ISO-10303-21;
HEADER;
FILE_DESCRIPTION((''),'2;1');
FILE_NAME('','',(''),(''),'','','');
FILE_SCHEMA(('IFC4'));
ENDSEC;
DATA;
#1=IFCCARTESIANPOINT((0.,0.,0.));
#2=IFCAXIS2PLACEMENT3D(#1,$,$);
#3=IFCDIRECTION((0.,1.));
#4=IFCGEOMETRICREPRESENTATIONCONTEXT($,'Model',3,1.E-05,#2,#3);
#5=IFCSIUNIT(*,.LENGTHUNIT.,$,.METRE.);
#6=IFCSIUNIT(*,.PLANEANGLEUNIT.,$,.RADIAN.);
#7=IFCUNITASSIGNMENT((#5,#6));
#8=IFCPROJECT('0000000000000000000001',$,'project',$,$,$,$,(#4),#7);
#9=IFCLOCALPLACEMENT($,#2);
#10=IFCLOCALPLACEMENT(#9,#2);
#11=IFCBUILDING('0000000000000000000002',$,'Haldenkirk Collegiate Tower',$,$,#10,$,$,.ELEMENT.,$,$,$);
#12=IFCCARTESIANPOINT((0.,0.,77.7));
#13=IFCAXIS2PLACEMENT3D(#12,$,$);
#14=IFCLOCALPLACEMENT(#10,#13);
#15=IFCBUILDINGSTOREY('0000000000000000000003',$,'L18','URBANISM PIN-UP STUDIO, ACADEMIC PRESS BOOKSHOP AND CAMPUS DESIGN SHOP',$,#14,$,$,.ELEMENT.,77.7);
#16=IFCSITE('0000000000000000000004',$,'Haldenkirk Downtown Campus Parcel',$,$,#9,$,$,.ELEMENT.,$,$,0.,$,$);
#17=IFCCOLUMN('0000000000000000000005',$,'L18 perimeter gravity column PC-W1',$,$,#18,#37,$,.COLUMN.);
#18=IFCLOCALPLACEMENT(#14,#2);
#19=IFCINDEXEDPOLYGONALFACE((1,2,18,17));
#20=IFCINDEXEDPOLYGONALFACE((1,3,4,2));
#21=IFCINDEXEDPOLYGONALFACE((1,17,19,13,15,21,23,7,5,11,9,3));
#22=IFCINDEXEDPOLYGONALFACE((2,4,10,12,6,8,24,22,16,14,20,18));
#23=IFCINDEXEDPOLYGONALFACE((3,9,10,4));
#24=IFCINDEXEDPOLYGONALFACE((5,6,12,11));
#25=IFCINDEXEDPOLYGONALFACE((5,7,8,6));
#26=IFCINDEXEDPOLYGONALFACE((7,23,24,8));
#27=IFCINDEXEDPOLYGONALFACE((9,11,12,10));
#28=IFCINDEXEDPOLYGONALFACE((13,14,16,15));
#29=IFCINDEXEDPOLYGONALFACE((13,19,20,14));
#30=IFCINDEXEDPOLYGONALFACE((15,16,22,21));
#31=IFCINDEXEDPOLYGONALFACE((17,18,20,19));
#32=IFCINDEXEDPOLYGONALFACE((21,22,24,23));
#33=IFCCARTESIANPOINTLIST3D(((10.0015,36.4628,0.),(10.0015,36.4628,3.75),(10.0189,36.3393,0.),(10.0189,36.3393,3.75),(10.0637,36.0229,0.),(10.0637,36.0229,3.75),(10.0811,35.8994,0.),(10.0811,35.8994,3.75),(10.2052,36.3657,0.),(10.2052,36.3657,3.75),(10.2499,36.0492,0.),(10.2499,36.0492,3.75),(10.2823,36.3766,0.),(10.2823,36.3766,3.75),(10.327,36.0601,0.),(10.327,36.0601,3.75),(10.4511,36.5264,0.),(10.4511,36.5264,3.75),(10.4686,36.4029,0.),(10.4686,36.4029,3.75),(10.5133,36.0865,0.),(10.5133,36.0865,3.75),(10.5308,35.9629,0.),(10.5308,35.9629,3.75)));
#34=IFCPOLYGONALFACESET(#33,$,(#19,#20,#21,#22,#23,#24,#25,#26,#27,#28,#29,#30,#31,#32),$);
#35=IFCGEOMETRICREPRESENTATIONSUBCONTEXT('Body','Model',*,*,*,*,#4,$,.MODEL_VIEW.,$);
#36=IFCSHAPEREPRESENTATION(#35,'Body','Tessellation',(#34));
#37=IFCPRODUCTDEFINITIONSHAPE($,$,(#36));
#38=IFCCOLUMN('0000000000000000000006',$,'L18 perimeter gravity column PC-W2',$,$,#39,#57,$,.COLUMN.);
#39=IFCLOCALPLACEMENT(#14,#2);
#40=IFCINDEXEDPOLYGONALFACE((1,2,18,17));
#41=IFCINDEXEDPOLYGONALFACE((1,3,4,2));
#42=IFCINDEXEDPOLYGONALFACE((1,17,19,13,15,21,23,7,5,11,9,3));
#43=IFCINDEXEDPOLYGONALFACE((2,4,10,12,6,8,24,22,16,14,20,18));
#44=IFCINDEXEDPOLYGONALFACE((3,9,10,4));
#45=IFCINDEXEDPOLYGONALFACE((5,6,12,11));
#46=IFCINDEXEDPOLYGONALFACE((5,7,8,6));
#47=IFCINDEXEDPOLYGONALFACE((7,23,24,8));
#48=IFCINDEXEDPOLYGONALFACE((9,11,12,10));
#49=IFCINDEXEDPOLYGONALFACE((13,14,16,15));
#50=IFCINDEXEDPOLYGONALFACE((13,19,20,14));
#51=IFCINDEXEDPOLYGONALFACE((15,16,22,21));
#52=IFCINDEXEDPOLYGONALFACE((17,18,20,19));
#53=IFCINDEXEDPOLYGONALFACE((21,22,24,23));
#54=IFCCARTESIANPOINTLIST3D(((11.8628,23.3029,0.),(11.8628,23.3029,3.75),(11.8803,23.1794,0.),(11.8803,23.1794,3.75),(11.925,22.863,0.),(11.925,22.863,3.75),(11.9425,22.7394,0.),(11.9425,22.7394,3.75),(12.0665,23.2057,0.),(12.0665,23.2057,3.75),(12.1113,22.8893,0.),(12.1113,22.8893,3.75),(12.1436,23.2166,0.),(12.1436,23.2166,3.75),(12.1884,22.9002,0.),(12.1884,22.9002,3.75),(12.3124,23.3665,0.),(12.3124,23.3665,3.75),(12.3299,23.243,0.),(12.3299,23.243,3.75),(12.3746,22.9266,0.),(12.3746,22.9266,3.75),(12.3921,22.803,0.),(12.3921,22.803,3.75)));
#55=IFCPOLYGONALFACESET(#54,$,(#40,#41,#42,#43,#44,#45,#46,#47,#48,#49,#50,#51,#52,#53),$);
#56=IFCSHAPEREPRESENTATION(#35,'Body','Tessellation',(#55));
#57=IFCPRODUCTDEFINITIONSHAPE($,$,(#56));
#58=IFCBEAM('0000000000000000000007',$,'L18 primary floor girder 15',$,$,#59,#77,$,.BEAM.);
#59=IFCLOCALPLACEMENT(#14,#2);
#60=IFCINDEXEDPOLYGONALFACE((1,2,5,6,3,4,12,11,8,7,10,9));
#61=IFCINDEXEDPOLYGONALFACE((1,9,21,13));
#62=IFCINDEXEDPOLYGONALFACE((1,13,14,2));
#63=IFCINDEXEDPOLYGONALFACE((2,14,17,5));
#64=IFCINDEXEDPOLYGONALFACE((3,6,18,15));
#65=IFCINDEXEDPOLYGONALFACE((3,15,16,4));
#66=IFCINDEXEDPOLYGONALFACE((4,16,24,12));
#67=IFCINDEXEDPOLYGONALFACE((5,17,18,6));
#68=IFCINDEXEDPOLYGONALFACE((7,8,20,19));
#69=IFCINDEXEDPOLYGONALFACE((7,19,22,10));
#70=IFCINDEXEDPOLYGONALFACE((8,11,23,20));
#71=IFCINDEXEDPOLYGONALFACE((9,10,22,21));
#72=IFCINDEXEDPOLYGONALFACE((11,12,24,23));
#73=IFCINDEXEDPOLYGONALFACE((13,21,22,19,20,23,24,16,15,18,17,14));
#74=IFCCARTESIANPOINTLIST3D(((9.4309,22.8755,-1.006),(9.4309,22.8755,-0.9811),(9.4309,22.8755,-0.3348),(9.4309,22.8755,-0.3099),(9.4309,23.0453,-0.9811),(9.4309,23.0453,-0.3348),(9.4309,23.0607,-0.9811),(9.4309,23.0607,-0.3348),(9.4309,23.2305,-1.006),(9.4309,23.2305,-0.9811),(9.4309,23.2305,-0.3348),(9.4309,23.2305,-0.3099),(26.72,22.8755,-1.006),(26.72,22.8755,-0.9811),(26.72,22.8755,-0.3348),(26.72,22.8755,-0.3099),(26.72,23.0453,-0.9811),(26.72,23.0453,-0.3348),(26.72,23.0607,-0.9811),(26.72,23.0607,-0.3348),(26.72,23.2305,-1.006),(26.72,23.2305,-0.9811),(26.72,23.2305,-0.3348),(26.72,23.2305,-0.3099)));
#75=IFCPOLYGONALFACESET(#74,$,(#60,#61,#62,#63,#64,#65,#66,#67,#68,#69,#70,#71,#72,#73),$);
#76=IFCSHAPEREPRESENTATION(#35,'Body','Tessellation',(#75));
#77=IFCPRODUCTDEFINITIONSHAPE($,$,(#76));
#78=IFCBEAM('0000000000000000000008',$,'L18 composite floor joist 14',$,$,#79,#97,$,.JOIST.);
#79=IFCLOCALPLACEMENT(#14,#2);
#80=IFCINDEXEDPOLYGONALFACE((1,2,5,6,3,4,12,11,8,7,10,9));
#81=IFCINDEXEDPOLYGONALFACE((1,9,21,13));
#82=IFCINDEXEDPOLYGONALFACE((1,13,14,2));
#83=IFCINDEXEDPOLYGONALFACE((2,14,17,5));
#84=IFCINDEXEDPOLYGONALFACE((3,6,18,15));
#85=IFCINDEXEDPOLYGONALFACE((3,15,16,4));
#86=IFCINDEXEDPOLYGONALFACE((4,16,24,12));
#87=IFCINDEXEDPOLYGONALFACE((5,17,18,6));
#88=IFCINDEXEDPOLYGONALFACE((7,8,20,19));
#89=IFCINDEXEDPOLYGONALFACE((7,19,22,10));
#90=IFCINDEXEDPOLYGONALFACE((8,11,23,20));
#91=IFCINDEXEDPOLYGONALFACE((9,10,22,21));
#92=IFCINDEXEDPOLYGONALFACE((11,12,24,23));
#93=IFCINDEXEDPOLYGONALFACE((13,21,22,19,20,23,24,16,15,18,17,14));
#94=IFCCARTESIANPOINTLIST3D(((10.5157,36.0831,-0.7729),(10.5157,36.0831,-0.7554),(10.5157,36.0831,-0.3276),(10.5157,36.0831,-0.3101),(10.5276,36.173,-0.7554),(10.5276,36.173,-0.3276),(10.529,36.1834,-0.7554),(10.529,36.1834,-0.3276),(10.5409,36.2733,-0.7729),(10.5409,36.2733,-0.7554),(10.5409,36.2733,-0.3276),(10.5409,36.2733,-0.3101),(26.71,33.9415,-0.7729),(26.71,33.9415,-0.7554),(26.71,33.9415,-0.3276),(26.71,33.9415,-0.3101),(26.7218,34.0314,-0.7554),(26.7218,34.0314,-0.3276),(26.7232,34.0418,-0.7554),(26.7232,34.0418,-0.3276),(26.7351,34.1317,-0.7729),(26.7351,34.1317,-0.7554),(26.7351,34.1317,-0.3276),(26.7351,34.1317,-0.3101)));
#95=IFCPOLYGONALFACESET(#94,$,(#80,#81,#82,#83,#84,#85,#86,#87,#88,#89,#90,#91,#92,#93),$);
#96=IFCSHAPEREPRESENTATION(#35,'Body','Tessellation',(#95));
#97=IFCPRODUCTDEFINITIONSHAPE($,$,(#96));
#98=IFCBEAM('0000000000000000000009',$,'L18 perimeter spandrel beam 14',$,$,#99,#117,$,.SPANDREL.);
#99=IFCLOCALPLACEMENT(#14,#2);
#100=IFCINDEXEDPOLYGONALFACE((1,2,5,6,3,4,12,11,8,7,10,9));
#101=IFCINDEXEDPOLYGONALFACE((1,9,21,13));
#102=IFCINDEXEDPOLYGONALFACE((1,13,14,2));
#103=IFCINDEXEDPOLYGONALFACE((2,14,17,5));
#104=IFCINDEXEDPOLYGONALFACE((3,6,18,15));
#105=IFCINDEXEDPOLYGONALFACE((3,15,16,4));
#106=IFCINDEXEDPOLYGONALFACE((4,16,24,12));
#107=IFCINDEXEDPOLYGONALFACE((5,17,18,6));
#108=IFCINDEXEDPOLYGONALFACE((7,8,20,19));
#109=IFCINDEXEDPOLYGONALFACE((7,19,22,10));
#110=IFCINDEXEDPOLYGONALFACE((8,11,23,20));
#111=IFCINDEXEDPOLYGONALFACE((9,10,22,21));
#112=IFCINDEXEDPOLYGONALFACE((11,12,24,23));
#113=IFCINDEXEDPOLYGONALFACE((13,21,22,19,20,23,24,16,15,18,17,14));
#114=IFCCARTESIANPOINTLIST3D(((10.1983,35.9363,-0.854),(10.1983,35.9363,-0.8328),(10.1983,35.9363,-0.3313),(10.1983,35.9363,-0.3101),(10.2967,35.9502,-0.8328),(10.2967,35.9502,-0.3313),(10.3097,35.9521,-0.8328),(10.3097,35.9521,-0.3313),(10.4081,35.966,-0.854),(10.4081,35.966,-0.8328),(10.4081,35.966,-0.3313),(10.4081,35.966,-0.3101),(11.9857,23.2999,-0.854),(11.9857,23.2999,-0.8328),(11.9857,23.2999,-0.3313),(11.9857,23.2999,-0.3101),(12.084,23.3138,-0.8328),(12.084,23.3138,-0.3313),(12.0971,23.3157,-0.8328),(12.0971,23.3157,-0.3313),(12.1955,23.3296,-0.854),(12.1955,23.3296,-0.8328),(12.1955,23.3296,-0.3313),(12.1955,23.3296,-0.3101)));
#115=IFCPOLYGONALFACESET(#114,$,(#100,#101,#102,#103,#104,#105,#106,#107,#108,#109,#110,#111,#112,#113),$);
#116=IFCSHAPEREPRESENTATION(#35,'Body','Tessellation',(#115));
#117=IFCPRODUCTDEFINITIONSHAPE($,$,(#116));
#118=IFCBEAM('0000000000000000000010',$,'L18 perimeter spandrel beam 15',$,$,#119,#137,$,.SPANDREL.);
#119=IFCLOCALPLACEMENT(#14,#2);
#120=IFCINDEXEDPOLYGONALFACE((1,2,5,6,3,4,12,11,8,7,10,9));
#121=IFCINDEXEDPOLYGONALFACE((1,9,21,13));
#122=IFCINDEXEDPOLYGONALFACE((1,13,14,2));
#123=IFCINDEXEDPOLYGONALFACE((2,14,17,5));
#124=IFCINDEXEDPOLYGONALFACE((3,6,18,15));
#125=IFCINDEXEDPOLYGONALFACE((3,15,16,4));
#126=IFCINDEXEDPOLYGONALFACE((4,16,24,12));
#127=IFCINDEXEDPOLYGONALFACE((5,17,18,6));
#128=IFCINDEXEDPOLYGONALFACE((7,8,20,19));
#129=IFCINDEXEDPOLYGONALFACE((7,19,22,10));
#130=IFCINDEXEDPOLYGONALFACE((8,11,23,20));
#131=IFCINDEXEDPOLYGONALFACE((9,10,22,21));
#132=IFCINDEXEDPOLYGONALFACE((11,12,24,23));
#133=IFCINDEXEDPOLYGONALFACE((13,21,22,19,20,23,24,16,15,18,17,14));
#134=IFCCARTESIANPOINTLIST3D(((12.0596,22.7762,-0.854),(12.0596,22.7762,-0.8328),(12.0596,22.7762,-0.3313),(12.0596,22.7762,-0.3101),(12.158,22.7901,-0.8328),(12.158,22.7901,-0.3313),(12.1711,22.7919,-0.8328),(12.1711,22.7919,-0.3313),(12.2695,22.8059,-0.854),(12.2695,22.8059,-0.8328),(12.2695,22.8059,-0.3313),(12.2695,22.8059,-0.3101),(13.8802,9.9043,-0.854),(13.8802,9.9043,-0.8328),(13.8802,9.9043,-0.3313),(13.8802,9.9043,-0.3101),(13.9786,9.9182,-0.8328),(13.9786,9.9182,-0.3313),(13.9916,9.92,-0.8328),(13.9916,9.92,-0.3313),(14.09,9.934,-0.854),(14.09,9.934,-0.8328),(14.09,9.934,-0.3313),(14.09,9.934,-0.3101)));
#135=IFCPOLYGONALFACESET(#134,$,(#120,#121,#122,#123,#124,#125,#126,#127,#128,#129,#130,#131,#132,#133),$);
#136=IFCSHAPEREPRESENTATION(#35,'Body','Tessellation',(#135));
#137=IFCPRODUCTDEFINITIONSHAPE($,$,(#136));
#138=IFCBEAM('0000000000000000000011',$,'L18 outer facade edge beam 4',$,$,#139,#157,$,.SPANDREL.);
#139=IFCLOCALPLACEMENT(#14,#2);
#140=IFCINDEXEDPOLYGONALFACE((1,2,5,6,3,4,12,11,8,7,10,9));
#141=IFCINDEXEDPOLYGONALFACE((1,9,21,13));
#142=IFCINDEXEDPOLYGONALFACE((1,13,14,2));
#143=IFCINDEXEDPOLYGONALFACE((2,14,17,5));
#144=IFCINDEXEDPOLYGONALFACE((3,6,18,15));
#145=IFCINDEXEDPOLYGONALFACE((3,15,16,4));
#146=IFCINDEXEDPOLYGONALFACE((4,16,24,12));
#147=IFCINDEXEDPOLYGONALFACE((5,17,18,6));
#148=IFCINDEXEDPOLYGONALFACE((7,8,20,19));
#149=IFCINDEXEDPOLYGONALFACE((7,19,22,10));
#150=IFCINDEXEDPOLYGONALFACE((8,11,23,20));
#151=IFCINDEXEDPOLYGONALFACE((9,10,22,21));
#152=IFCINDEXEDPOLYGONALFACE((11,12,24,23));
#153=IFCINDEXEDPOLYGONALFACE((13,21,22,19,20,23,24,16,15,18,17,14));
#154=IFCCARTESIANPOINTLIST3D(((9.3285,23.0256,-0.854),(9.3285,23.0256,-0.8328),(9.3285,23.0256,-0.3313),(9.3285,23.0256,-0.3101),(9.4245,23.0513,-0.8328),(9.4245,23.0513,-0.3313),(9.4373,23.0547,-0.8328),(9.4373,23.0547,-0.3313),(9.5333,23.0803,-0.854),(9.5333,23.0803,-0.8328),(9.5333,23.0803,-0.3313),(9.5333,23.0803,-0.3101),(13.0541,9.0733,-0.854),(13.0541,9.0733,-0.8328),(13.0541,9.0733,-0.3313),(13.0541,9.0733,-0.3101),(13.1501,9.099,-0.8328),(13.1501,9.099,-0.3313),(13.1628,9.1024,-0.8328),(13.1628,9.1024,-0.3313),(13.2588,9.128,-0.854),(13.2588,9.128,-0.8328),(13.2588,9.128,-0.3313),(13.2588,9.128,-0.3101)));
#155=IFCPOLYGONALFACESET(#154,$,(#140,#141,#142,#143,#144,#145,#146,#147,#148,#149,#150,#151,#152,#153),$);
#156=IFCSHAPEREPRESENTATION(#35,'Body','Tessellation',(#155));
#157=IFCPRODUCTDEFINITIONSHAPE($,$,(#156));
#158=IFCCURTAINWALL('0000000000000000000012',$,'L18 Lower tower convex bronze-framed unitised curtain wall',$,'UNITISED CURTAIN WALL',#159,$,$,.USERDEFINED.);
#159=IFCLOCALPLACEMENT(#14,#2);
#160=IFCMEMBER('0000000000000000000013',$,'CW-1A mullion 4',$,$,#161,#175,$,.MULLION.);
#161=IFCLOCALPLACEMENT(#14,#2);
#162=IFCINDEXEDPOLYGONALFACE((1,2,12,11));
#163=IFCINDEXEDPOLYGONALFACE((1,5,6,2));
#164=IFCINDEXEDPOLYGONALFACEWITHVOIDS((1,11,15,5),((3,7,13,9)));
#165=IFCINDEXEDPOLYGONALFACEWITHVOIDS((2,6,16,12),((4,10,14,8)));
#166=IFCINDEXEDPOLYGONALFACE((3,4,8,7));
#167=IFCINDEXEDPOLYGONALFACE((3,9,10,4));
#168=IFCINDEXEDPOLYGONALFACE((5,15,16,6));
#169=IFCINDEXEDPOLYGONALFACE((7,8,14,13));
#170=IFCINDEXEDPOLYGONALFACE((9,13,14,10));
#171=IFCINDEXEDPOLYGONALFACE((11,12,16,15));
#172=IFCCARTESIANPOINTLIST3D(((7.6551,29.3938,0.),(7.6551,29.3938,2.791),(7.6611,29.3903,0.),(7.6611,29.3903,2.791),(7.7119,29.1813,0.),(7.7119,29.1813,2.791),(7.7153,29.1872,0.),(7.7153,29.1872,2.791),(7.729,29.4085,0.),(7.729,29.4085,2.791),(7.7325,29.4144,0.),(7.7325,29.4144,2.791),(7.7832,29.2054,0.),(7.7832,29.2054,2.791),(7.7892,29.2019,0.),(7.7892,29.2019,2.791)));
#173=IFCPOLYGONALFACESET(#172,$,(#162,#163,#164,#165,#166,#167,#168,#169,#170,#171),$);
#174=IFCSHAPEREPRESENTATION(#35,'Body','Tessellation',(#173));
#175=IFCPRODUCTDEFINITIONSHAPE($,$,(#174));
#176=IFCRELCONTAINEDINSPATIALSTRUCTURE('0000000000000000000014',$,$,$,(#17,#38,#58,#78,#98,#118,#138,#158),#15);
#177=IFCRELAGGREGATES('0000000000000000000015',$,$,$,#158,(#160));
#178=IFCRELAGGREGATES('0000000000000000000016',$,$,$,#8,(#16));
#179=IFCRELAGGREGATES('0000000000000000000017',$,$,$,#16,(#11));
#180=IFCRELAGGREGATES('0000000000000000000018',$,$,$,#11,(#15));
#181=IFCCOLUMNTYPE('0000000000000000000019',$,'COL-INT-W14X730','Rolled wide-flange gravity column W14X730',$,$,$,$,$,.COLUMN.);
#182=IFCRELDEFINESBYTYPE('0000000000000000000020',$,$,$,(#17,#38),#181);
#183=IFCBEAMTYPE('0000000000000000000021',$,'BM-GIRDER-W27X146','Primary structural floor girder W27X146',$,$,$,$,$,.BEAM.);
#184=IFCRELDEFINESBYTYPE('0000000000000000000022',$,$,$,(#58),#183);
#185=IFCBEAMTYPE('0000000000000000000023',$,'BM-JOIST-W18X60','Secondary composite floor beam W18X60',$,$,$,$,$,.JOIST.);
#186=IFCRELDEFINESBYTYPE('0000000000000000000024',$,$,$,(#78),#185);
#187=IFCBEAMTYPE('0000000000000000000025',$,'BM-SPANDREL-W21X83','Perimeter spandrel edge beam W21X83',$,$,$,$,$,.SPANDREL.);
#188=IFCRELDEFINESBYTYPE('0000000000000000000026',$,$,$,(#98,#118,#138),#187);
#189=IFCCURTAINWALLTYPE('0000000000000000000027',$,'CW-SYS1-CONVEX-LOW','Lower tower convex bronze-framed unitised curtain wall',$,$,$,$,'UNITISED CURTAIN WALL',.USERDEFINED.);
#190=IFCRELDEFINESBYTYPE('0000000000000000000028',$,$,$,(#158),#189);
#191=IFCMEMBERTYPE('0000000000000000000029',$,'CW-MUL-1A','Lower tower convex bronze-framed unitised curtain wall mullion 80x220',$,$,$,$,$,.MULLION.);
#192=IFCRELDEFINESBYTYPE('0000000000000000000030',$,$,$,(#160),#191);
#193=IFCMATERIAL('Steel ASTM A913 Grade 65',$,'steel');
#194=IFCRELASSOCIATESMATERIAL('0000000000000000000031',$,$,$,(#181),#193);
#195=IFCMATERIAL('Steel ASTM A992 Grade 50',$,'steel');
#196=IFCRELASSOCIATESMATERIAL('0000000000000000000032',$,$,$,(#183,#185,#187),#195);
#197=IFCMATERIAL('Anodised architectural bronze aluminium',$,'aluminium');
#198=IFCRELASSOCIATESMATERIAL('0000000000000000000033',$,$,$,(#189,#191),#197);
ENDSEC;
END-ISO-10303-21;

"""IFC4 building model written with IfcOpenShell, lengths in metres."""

from ifc_helpers import new_model, si_unit, direction, frame, origin, origin_2d, place, context, subcontext, project, spatial, hollow_rectangle, i_section, extrude, material, material_profile, profile_set, type_object, element, aggregate, save


model = new_model("IFC4")

# Units and contexts
model_context = context("Model", 3, precision=1e-05, world=origin(), true_north=direction((0.0, 1.0)))
body_context = subcontext(model_context, "Body", "Model", "MODEL_VIEW")
ifc_project = project(units=[si_unit("LENGTHUNIT", "METRE"), si_unit("PLANEANGLEUNIT", "RADIAN")], contexts=[model_context])

# Site, building, storey
site_placement = place(None, origin())
site = spatial("IfcSite", under=ifc_project, at=site_placement, Name="Haldenkirk Downtown Campus Parcel", CompositionType="ELEMENT", RefElevation=0.0)
building_placement = place(site_placement, origin())
building = spatial("IfcBuilding", under=site, at=building_placement, Name="Haldenkirk Collegiate Tower", CompositionType="ELEMENT")
storey_placement = place(building_placement, frame((0.0, 0.0, 77.7)))
storey = spatial("IfcBuildingStorey", under=building, at=storey_placement, Name="L18", Description="URBANISM PIN-UP STUDIO, ACADEMIC PRESS BOOKSHOP AND CAMPUS DESIGN SHOP", CompositionType="ELEMENT", Elevation=77.7)

# Columns
ifc_material_1 = material(Name="Steel ASTM A913 Grade 65", Category="steel")
ifc_material_profile_1 = material_profile(ifc_material_1, i_section(OverallWidth=0.4541, OverallDepth=0.5691, WebThickness=0.0779, FlangeThickness=0.1248, at=origin_2d()), Name="W14X730")
ifc_profile_set_1 = profile_set([ifc_material_profile_1], Name="Steel ASTM A913 Grade 65")
column_type = type_object("IfcColumnType", Name="COL-INT-W14X730", Description="Rolled wide-flange gravity column W14X730", PredefinedType="COLUMN", material=ifc_profile_set_1)
for number, where, z_axis, x_axis, name in (
    (1, (10.2661, 36.2129, 0.0), (0.0, 0.0, 1.0), (0.990146, 0.140037, 0.0), "L18 perimeter gravity column PC-W1"),
    (2, (12.1274, 23.053, 0.0), (0.0, 0.0, 1.0), (0.990146, 0.140037, 0.0), "L18 perimeter gravity column PC-W2"),
):
    element("IfcColumn", number, at=place(storey_placement, frame(where, z_axis=z_axis, x_axis=x_axis)), inside=storey, type_object=column_type, Name=name, PredefinedType="COLUMN", context=body_context, shape_type="SweptSolid", body=[
        extrude(i_section(OverallWidth=0.4541, OverallDepth=0.5691, WebThickness=0.0779, FlangeThickness=0.1248, at=origin_2d()), origin(), (0.0, 0.0, 1.0), 3.75),
    ])

# Beams
ifc_material_2 = material(Name="Steel ASTM A992 Grade 50", Category="steel")
ifc_material_profile_2 = material_profile(ifc_material_2, i_section(OverallWidth=0.355, OverallDepth=0.696, WebThickness=0.0154, FlangeThickness=0.0249, at=origin_2d()), Name="W27X146")
ifc_profile_set_2 = profile_set([ifc_material_profile_2], Name="Steel ASTM A992 Grade 50")
beam_type_1 = type_object("IfcBeamType", Name="BM-GIRDER-W27X146", Description="Primary structural floor girder W27X146", PredefinedType="BEAM", material=ifc_profile_set_2)
beam_1_placement = place(storey_placement, frame((9.4309, 23.053, -0.658), z_axis=(1.0, 0.0, 0.0), x_axis=(0.0, 1.0, 0.0)))
element("IfcBeam", 3, at=beam_1_placement, inside=storey, type_object=beam_type_1, Name="L18 primary floor girder 15", PredefinedType="BEAM", context=body_context, shape_type="SweptSolid", body=[
    extrude(i_section(OverallWidth=0.355, OverallDepth=0.696, WebThickness=0.0154, FlangeThickness=0.0249, at=origin_2d()), origin(), (0.0, 0.0, 1.0), 17.2891),
])
ifc_material_profile_3 = material_profile(ifc_material_2, i_section(OverallWidth=0.1919, OverallDepth=0.4629, WebThickness=0.0105, FlangeThickness=0.0176, at=origin_2d()), Name="W18X60")
ifc_profile_set_3 = profile_set([ifc_material_profile_3], Name="Steel ASTM A992 Grade 50")
beam_type_2 = type_object("IfcBeamType", Name="BM-JOIST-W18X60", Description="Secondary composite floor beam W18X60", PredefinedType="JOIST", material=ifc_profile_set_3)
beam_2_placement = place(storey_placement, frame((10.5283, 36.1782, -0.5415), z_axis=(0.991369, -0.131104, 0.0), x_axis=(0.131104, 0.991369, 0.0)))
element("IfcBeam", 4, at=beam_2_placement, inside=storey, type_object=beam_type_2, Name="L18 composite floor joist 14", PredefinedType="JOIST", context=body_context, shape_type="SweptSolid", body=[
    extrude(i_section(OverallWidth=0.1919, OverallDepth=0.4629, WebThickness=0.0105, FlangeThickness=0.0176, at=origin_2d()), origin(), (0.0, 0.0, 1.0), 16.3352),
])
ifc_material_profile_4 = material_profile(ifc_material_2, i_section(OverallWidth=0.2119, OverallDepth=0.5439, WebThickness=0.0132, FlangeThickness=0.0212, at=origin_2d()), Name="W21X83")
ifc_profile_set_4 = profile_set([ifc_material_profile_4], Name="Steel ASTM A992 Grade 50")
beam_type_3 = type_object("IfcBeamType", Name="BM-SPANDREL-W21X83", Description="Perimeter spandrel edge beam W21X83", PredefinedType="SPANDREL", material=ifc_profile_set_4)
beam_3_placement = place(storey_placement, frame((10.3032, 35.9512, -0.582), z_axis=(0.14005, -0.990144, 0.0), x_axis=(0.990144, 0.14005, 0.0)))
element("IfcBeam", 5, at=beam_3_placement, inside=storey, type_object=beam_type_3, Name="L18 perimeter spandrel beam 14", PredefinedType="SPANDREL", context=body_context, shape_type="SweptSolid", body=[
    extrude(i_section(OverallWidth=0.2119, OverallDepth=0.5439, WebThickness=0.0132, FlangeThickness=0.0212, at=origin_2d()), origin(), (0.0, 0.0, 1.0), 12.7622),
])
beam_4_placement = place(storey_placement, frame((12.1646, 22.791, -0.582), z_axis=(0.140044, -0.990145, 0.0), x_axis=(0.990145, 0.140044, 0.0)))
element("IfcBeam", 6, at=beam_4_placement, inside=storey, type_object=beam_type_3, Name="L18 perimeter spandrel beam 15", PredefinedType="SPANDREL", context=body_context, shape_type="SweptSolid", body=[
    extrude(i_section(OverallWidth=0.2119, OverallDepth=0.5439, WebThickness=0.0132, FlangeThickness=0.0212, at=origin_2d()), origin(), (0.0, 0.0, 1.0), 13.0),
])
beam_5_placement = place(storey_placement, frame((9.4309, 23.053, -0.582), z_axis=(0.257983, -0.96615, 0.0), x_axis=(0.96615, 0.257983, 0.0)))
element("IfcBeam", 7, at=beam_5_placement, inside=storey, type_object=beam_type_3, Name="L18 outer facade edge beam 4", PredefinedType="SPANDREL", context=body_context, shape_type="SweptSolid", body=[
    extrude(i_section(OverallWidth=0.2119, OverallDepth=0.5439, WebThickness=0.0132, FlangeThickness=0.0212, at=origin_2d()), origin(), (0.0, 0.0, 1.0), 14.4412),
])

# Curtain wall, member
ifc_material_3 = material(Name="Anodised architectural bronze aluminium", Category="aluminium")
curtain_wall_type = type_object("IfcCurtainWallType", Name="CW-SYS1-CONVEX-LOW", Description="Lower tower convex bronze-framed unitised curtain wall", ElementType="UNITISED CURTAIN WALL", PredefinedType="USERDEFINED", material=ifc_material_3)
curtain_wall_placement = place(storey_placement, origin())
curtain_wall = element("IfcCurtainWall", 8, at=curtain_wall_placement, inside=storey, type_object=curtain_wall_type, Name="L18 Lower tower convex bronze-framed unitised curtain wall", ObjectType="UNITISED CURTAIN WALL", PredefinedType="USERDEFINED")
ifc_material_profile_5 = material_profile(ifc_material_3, hollow_rectangle(XDim=0.0801, YDim=0.22, WallThickness=0.0049, at=origin_2d()), Name="CW-MUL-1A")
ifc_profile_set_5 = profile_set([ifc_material_profile_5], Name="Anodised architectural bronze aluminium")
member_type_1 = type_object("IfcMemberType", Name="CW-MUL-1A", Description="Lower tower convex bronze-framed unitised curtain wall mullion 80x220", PredefinedType="MULLION", material=ifc_profile_set_5)
member_1_placement = place(storey_placement, frame((7.7222, 29.2979, 0.0), z_axis=(0.0, 0.0, 1.0), x_axis=(-0.966152, -0.257974, 0.0)))
member_1 = element("IfcMember", 9, at=member_1_placement, type_object=member_type_1, Name="CW-1A mullion 4", PredefinedType="MULLION", context=body_context, shape_type="SweptSolid", body=[
    extrude(hollow_rectangle(XDim=0.0801, YDim=0.22, WallThickness=0.0049, at=origin_2d()), origin(), (0.0, 0.0, 1.0), 2.791),
])
aggregate(curtain_wall, [member_1])

save(model, "model.ifc")
